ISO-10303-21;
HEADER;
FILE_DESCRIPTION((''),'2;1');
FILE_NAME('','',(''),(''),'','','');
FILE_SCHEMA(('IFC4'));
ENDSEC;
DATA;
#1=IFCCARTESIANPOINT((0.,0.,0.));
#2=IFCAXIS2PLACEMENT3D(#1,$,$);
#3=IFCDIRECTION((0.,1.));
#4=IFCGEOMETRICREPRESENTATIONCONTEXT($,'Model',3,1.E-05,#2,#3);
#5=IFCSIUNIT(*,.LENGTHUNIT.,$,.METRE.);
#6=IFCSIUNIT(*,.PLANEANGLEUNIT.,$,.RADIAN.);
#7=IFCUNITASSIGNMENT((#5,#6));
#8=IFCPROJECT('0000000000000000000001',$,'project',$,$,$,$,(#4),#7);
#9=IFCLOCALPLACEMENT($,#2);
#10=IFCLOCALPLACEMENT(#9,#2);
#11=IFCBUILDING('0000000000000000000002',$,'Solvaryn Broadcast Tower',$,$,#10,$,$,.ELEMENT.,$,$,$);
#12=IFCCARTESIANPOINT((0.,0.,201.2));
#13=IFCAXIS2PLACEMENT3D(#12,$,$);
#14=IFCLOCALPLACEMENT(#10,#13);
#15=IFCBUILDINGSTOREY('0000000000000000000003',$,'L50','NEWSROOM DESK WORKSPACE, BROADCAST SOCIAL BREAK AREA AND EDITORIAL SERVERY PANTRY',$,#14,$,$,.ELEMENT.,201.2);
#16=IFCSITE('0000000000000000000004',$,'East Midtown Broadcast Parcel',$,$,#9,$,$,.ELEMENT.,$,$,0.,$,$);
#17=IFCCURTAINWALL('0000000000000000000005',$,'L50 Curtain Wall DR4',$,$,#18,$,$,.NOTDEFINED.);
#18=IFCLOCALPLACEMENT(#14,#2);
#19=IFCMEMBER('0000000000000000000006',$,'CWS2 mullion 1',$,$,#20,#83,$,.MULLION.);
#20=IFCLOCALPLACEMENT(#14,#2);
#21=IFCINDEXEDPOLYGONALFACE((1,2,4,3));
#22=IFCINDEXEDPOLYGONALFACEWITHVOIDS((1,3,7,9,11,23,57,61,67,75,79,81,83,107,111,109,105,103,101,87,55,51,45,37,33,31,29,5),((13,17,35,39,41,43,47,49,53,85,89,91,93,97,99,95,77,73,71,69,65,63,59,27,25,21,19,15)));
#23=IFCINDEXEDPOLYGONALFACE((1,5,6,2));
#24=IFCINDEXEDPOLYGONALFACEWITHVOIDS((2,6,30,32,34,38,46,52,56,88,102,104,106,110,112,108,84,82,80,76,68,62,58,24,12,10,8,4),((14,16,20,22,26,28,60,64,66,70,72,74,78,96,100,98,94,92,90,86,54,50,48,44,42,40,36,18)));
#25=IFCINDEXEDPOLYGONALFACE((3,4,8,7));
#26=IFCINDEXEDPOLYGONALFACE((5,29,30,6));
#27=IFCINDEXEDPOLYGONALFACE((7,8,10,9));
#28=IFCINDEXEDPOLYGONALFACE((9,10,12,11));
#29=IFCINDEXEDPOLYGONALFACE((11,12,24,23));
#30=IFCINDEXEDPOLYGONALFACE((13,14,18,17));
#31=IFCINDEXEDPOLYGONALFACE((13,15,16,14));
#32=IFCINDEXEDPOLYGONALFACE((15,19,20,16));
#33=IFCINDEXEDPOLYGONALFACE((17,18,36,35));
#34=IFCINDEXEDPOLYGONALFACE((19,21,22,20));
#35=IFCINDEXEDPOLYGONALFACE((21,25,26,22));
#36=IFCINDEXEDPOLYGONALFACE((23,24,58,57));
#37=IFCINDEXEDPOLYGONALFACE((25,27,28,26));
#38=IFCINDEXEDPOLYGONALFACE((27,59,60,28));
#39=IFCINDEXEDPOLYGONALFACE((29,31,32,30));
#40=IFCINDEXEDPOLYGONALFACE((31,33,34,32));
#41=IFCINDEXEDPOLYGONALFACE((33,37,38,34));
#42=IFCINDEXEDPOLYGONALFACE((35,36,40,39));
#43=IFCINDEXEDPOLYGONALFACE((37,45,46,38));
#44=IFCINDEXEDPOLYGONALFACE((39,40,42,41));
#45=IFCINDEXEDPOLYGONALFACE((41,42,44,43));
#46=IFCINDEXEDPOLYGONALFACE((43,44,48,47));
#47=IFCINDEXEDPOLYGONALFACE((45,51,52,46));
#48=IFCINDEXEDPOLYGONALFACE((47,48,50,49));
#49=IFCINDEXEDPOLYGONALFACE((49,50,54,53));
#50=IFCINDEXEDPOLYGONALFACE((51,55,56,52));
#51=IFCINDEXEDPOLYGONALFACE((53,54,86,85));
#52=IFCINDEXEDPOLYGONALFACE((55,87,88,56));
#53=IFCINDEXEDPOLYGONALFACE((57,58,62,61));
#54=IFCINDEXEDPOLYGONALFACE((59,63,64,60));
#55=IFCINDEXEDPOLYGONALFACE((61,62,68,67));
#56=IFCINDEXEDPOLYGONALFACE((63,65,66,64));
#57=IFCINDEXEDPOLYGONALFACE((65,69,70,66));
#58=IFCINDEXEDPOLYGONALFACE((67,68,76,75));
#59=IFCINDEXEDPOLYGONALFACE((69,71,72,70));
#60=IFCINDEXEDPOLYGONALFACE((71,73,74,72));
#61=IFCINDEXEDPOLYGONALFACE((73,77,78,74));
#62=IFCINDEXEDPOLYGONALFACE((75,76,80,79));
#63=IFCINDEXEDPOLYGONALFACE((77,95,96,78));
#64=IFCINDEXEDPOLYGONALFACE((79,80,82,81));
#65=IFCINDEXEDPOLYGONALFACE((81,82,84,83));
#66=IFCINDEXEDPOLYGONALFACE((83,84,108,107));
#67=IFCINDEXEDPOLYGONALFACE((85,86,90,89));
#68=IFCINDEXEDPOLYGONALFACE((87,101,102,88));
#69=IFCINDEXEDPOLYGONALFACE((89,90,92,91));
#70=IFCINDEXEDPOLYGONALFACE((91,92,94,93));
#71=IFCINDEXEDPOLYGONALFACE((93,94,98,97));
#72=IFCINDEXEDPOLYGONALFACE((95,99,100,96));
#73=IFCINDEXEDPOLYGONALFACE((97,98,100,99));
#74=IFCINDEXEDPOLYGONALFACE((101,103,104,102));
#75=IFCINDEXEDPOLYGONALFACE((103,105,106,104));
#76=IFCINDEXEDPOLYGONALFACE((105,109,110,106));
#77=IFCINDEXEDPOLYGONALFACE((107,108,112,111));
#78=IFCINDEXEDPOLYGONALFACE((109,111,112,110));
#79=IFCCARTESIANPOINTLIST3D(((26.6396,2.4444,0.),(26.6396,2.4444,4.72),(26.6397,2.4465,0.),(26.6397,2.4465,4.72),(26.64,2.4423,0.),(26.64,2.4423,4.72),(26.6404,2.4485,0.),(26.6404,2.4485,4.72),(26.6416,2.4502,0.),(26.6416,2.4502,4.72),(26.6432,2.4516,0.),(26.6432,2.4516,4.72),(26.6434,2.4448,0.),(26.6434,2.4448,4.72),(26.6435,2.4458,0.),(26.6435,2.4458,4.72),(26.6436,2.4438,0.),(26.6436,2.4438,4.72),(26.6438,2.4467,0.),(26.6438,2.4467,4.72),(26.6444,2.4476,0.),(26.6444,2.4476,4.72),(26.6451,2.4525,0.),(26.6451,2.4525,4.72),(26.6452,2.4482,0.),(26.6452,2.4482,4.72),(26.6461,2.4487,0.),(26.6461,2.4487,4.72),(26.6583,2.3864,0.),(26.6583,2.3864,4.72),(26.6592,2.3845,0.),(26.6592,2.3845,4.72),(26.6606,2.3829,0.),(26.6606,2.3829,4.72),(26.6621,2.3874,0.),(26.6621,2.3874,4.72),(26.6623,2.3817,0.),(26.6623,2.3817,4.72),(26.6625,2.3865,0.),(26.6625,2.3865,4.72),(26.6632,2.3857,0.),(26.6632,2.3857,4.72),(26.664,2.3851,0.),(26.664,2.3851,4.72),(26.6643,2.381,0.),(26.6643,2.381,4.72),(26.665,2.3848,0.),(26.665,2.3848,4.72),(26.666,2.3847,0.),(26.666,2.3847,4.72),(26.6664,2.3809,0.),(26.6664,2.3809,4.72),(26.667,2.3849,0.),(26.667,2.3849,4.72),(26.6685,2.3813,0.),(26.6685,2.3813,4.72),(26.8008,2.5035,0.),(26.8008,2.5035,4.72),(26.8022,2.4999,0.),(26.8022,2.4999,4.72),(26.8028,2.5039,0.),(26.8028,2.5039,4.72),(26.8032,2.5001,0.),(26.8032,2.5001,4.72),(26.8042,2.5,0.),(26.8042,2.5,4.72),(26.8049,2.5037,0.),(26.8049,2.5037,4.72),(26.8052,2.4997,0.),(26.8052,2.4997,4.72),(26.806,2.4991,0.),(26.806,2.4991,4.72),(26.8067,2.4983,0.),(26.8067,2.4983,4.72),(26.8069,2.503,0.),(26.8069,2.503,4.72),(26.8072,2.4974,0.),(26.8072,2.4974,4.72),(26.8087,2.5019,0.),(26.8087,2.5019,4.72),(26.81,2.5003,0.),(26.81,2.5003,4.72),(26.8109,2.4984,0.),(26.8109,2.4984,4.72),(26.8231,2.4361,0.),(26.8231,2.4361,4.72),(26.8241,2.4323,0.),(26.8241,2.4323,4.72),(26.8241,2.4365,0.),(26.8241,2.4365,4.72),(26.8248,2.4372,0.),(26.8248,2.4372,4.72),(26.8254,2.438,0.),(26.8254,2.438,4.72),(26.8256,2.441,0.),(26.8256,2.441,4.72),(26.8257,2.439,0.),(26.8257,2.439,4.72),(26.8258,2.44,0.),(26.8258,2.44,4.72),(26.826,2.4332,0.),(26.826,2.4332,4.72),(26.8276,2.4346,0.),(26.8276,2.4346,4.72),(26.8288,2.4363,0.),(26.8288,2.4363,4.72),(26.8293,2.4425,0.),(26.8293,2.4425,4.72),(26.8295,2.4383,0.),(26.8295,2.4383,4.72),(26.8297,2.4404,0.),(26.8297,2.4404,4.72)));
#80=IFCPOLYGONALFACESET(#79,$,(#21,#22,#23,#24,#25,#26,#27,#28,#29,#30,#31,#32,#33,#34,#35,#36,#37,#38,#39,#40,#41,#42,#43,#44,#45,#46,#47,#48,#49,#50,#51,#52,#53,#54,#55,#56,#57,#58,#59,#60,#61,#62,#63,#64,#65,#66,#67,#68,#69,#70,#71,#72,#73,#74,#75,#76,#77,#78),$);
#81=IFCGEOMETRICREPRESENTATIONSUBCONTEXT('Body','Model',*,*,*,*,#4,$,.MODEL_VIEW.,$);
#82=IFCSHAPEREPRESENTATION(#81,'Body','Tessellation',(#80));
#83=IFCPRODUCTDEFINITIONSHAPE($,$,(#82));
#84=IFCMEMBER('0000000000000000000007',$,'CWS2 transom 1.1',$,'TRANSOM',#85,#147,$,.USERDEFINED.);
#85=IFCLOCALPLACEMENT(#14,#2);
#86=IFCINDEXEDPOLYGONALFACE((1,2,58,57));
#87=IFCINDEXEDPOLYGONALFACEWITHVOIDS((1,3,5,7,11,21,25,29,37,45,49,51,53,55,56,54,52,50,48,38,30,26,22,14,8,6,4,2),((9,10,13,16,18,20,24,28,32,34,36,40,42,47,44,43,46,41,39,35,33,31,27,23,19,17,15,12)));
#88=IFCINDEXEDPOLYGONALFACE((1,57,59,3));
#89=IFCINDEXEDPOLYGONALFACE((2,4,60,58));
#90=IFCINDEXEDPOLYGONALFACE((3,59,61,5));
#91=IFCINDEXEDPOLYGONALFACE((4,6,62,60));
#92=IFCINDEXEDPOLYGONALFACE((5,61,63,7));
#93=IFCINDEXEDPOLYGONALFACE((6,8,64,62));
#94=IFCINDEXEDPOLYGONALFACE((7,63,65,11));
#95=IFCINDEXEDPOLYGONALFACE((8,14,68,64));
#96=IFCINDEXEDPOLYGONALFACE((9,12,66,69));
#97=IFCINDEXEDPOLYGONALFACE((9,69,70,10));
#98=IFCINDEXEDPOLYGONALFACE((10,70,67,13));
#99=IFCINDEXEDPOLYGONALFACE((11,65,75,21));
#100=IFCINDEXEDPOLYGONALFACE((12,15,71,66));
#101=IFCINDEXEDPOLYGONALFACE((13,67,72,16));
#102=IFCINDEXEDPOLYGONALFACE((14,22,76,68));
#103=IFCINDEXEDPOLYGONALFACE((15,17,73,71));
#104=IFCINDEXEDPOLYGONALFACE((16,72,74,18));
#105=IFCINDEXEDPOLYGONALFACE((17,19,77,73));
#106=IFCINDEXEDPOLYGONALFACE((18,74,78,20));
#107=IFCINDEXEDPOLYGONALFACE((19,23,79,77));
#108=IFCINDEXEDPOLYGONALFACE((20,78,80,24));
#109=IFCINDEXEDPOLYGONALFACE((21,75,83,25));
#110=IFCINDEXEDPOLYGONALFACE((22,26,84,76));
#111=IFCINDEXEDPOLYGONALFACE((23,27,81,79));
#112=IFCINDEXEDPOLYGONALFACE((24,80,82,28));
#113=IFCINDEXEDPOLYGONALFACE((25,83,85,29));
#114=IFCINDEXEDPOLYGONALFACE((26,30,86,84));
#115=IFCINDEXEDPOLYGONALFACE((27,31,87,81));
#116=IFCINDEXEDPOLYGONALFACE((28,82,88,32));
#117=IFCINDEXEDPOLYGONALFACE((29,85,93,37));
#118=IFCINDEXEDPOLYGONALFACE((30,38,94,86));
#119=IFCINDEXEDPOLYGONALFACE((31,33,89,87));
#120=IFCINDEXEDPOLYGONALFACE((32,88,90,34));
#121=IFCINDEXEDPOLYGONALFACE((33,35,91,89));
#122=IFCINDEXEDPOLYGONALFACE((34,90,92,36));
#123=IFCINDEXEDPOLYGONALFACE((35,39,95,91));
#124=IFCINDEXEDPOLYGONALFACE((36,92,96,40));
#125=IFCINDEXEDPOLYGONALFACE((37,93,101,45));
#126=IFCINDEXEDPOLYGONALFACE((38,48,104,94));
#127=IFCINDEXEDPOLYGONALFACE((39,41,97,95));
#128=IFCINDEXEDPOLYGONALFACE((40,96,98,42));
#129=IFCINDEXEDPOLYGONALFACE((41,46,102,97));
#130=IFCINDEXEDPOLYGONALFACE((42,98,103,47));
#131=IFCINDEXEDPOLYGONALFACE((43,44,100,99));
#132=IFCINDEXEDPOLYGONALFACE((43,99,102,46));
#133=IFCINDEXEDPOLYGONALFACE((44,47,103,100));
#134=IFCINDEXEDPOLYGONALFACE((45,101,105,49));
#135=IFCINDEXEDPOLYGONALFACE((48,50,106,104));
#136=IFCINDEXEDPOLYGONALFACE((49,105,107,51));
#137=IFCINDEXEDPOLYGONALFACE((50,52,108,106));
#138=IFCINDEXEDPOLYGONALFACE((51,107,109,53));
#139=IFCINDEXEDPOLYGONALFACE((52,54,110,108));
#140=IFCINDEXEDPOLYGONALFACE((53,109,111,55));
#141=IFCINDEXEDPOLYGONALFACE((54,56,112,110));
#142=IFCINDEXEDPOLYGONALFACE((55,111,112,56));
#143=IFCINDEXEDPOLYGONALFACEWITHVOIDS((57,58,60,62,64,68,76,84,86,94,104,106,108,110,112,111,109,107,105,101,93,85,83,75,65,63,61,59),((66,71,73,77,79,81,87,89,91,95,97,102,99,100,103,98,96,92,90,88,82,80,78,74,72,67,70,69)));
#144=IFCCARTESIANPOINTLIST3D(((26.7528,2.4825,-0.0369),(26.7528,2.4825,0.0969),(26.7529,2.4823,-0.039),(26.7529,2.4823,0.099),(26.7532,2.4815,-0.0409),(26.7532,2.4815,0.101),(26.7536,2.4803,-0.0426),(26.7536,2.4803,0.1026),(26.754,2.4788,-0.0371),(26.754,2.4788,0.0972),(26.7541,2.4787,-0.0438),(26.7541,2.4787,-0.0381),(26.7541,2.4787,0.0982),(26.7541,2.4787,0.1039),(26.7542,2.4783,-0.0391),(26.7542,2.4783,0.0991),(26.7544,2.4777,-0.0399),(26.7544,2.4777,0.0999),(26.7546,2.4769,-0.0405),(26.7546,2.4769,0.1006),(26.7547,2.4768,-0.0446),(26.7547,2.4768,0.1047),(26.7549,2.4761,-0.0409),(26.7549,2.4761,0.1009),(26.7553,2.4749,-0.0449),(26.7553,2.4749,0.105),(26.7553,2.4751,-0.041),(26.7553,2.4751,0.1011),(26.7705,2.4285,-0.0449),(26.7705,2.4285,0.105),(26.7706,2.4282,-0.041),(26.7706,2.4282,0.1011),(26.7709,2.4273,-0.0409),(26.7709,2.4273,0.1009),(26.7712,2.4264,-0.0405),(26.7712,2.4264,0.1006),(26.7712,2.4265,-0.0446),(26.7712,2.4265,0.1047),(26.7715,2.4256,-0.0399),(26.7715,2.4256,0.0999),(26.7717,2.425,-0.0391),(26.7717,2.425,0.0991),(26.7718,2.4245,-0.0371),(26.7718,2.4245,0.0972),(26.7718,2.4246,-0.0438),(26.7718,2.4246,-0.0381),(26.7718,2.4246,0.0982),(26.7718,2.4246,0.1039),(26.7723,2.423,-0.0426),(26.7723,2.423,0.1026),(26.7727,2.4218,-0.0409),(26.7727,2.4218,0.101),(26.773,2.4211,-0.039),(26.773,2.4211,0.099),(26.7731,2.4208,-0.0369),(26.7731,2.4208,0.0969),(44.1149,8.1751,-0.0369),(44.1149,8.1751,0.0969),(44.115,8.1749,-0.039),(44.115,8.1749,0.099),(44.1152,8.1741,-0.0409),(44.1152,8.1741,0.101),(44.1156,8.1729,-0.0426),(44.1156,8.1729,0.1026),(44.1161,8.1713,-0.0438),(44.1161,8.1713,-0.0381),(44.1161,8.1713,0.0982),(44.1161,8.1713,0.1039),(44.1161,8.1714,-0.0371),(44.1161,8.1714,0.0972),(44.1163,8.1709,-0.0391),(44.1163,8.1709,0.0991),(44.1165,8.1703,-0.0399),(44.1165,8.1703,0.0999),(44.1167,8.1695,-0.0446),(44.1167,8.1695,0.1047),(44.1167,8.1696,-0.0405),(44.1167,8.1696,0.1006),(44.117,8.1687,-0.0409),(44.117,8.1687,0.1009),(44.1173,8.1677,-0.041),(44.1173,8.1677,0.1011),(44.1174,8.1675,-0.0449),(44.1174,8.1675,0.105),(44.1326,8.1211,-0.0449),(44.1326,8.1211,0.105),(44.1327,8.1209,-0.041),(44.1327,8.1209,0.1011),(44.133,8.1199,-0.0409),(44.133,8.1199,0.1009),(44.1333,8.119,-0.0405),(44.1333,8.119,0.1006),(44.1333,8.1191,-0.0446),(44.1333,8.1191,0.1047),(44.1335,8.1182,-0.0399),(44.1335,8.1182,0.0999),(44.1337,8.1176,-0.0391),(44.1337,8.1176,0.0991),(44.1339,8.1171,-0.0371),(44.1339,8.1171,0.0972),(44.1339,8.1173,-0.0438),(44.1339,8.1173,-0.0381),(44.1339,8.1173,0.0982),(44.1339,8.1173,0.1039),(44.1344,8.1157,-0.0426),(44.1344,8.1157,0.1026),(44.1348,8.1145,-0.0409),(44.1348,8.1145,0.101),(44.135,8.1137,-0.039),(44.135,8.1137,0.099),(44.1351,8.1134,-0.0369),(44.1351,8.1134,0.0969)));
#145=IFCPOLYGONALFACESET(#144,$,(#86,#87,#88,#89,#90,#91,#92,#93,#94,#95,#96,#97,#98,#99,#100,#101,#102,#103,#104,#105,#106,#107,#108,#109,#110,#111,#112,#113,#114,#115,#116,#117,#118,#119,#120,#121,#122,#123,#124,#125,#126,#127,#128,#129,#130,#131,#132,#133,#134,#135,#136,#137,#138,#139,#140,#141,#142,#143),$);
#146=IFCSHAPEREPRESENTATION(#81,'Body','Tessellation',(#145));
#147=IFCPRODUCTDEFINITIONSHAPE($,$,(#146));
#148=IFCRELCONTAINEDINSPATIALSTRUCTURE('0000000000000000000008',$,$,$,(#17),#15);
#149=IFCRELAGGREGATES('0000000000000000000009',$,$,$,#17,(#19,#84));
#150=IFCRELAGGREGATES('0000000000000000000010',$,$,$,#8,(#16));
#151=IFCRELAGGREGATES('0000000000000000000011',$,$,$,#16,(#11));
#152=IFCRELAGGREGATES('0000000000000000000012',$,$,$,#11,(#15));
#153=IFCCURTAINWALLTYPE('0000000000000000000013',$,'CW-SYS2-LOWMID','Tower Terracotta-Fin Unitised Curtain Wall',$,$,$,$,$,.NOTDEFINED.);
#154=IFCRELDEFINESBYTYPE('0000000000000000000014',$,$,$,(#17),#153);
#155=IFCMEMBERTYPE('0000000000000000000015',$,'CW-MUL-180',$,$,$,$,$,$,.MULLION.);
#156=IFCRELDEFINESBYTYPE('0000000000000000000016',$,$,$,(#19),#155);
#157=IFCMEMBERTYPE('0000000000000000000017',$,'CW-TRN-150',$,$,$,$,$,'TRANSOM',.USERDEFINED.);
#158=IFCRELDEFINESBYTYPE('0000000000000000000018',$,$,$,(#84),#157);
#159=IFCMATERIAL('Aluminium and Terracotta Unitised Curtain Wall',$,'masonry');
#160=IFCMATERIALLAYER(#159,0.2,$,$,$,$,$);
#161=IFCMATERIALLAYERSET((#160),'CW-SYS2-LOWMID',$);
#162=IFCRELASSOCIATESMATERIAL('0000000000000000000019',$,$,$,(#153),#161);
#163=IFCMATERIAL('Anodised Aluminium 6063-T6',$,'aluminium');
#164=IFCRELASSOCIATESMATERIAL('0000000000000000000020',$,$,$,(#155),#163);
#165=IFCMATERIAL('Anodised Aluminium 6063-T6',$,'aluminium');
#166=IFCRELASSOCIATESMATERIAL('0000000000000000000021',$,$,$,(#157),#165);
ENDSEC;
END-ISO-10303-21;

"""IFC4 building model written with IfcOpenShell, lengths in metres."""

from ifc_helpers import new_model, si_unit, direction, frame, origin, origin_2d, place, context, subcontext, project, spatial, hollow_rectangle, extrude, material, layer, layer_set, material_profile, profile_set, type_object, element, aggregate, save


model = new_model("IFC4")

# Units and contexts
model_context = context("Model", 3, precision=1e-05, world=origin(), true_north=direction((0.0, 1.0)))
body_context = subcontext(model_context, "Body", "Model", "MODEL_VIEW")
ifc_project = project(units=[si_unit("LENGTHUNIT", "METRE"), si_unit("PLANEANGLEUNIT", "RADIAN")], contexts=[model_context])

# Site, building, storey
site_placement = place(None, origin())
site = spatial("IfcSite", under=ifc_project, at=site_placement, Name="East Midtown Broadcast Parcel", CompositionType="ELEMENT", RefElevation=0.0)
building_placement = place(site_placement, origin())
building = spatial("IfcBuilding", under=site, at=building_placement, Name="Solvaryn Broadcast Tower", CompositionType="ELEMENT")
storey_placement = place(building_placement, frame((0.0, 0.0, 201.2)))
storey = spatial("IfcBuildingStorey", under=building, at=storey_placement, Name="L50", Description="NEWSROOM DESK WORKSPACE, BROADCAST SOCIAL BREAK AREA AND EDITORIAL SERVERY PANTRY", CompositionType="ELEMENT", Elevation=201.2)

# Shared definitions
ifc_material_1 = material(Name="Aluminium and Terracotta Unitised Curtain Wall", Category="masonry")
ifc_layer_1 = layer(ifc_material_1, 0.2)
ifc_layer_set_1 = layer_set([ifc_layer_1], Name="CW-SYS2-LOWMID")
curtain_wall_type = type_object("IfcCurtainWallType", Name="CW-SYS2-LOWMID", Description="Tower Terracotta-Fin Unitised Curtain Wall", PredefinedType="NOTDEFINED", material=ifc_layer_set_1)
ifc_material_2 = material(Name="Anodised Aluminium 6063-T6", Category="aluminium")
ifc_material_profile_1 = material_profile(ifc_material_2, hollow_rectangle(XDim=0.075, YDim=0.1799, WallThickness=0.0039, InnerFilletRadius=0.0039, OuterFilletRadius=0.0081, at=origin_2d()))
ifc_profile_set_1 = profile_set([ifc_material_profile_1], Name="Anodised Aluminium 6063-T6")
member_type_1 = type_object("IfcMemberType", Name="CW-MUL-180", PredefinedType="MULLION", material=ifc_profile_set_1)

# Curtain wall, members
curtain_wall_1_placement = place(storey_placement, origin())
curtain_wall_1 = element("IfcCurtainWall", 1, at=curtain_wall_1_placement, inside=storey, type_object=curtain_wall_type, Name="L50 Curtain Wall DR4", PredefinedType="NOTDEFINED")
member_1_placement = place(storey_placement, frame((26.7346, 2.4424, 0.0), z_axis=(0.0, 0.0, 1.0), x_axis=(-0.311559, 0.950227, 0.0)))
member_1 = element("IfcMember", 2, at=member_1_placement, type_object=member_type_1, Name="CWS2 mullion 1", PredefinedType="MULLION", context=body_context, shape_type="SweptSolid", body=[
    extrude(hollow_rectangle(XDim=0.075, YDim=0.1799, WallThickness=0.0039, InnerFilletRadius=0.0039, OuterFilletRadius=0.0081, at=origin_2d()), origin(), (0.0, 0.0, 1.0), 4.72),
])
ifc_material_3 = material(Name="Anodised Aluminium 6063-T6", Category="aluminium")
ifc_material_profile_2 = material_profile(ifc_material_3, hollow_rectangle(XDim=0.0649, YDim=0.1499, WallThickness=0.0039, InnerFilletRadius=0.0039, OuterFilletRadius=0.0081, at=origin_2d()))
ifc_profile_set_2 = profile_set([ifc_material_profile_2], Name="Anodised Aluminium 6063-T6")
member_type_2 = type_object("IfcMemberType", Name="CW-TRN-150", ElementType="TRANSOM", PredefinedType="USERDEFINED", material=ifc_profile_set_2)
member_2_placement = place(storey_placement, frame((26.7629, 2.4517, 0.03), z_axis=(0.950227, 0.311558, 0.0), x_axis=(-0.311558, 0.950227, 0.0)))
member_2 = element("IfcMember", 3, at=member_2_placement, type_object=member_type_2, Name="CWS2 transom 1.1", ObjectType="TRANSOM", PredefinedType="USERDEFINED", context=body_context, shape_type="SweptSolid", body=[
    extrude(hollow_rectangle(XDim=0.0649, YDim=0.1499, WallThickness=0.0039, InnerFilletRadius=0.0039, OuterFilletRadius=0.0081, at=origin_2d()), origin(), (0.0, 0.0, 1.0), 18.2715),
])
aggregate(curtain_wall_1, [member_1, member_2])

save(model, "model.ifc")
